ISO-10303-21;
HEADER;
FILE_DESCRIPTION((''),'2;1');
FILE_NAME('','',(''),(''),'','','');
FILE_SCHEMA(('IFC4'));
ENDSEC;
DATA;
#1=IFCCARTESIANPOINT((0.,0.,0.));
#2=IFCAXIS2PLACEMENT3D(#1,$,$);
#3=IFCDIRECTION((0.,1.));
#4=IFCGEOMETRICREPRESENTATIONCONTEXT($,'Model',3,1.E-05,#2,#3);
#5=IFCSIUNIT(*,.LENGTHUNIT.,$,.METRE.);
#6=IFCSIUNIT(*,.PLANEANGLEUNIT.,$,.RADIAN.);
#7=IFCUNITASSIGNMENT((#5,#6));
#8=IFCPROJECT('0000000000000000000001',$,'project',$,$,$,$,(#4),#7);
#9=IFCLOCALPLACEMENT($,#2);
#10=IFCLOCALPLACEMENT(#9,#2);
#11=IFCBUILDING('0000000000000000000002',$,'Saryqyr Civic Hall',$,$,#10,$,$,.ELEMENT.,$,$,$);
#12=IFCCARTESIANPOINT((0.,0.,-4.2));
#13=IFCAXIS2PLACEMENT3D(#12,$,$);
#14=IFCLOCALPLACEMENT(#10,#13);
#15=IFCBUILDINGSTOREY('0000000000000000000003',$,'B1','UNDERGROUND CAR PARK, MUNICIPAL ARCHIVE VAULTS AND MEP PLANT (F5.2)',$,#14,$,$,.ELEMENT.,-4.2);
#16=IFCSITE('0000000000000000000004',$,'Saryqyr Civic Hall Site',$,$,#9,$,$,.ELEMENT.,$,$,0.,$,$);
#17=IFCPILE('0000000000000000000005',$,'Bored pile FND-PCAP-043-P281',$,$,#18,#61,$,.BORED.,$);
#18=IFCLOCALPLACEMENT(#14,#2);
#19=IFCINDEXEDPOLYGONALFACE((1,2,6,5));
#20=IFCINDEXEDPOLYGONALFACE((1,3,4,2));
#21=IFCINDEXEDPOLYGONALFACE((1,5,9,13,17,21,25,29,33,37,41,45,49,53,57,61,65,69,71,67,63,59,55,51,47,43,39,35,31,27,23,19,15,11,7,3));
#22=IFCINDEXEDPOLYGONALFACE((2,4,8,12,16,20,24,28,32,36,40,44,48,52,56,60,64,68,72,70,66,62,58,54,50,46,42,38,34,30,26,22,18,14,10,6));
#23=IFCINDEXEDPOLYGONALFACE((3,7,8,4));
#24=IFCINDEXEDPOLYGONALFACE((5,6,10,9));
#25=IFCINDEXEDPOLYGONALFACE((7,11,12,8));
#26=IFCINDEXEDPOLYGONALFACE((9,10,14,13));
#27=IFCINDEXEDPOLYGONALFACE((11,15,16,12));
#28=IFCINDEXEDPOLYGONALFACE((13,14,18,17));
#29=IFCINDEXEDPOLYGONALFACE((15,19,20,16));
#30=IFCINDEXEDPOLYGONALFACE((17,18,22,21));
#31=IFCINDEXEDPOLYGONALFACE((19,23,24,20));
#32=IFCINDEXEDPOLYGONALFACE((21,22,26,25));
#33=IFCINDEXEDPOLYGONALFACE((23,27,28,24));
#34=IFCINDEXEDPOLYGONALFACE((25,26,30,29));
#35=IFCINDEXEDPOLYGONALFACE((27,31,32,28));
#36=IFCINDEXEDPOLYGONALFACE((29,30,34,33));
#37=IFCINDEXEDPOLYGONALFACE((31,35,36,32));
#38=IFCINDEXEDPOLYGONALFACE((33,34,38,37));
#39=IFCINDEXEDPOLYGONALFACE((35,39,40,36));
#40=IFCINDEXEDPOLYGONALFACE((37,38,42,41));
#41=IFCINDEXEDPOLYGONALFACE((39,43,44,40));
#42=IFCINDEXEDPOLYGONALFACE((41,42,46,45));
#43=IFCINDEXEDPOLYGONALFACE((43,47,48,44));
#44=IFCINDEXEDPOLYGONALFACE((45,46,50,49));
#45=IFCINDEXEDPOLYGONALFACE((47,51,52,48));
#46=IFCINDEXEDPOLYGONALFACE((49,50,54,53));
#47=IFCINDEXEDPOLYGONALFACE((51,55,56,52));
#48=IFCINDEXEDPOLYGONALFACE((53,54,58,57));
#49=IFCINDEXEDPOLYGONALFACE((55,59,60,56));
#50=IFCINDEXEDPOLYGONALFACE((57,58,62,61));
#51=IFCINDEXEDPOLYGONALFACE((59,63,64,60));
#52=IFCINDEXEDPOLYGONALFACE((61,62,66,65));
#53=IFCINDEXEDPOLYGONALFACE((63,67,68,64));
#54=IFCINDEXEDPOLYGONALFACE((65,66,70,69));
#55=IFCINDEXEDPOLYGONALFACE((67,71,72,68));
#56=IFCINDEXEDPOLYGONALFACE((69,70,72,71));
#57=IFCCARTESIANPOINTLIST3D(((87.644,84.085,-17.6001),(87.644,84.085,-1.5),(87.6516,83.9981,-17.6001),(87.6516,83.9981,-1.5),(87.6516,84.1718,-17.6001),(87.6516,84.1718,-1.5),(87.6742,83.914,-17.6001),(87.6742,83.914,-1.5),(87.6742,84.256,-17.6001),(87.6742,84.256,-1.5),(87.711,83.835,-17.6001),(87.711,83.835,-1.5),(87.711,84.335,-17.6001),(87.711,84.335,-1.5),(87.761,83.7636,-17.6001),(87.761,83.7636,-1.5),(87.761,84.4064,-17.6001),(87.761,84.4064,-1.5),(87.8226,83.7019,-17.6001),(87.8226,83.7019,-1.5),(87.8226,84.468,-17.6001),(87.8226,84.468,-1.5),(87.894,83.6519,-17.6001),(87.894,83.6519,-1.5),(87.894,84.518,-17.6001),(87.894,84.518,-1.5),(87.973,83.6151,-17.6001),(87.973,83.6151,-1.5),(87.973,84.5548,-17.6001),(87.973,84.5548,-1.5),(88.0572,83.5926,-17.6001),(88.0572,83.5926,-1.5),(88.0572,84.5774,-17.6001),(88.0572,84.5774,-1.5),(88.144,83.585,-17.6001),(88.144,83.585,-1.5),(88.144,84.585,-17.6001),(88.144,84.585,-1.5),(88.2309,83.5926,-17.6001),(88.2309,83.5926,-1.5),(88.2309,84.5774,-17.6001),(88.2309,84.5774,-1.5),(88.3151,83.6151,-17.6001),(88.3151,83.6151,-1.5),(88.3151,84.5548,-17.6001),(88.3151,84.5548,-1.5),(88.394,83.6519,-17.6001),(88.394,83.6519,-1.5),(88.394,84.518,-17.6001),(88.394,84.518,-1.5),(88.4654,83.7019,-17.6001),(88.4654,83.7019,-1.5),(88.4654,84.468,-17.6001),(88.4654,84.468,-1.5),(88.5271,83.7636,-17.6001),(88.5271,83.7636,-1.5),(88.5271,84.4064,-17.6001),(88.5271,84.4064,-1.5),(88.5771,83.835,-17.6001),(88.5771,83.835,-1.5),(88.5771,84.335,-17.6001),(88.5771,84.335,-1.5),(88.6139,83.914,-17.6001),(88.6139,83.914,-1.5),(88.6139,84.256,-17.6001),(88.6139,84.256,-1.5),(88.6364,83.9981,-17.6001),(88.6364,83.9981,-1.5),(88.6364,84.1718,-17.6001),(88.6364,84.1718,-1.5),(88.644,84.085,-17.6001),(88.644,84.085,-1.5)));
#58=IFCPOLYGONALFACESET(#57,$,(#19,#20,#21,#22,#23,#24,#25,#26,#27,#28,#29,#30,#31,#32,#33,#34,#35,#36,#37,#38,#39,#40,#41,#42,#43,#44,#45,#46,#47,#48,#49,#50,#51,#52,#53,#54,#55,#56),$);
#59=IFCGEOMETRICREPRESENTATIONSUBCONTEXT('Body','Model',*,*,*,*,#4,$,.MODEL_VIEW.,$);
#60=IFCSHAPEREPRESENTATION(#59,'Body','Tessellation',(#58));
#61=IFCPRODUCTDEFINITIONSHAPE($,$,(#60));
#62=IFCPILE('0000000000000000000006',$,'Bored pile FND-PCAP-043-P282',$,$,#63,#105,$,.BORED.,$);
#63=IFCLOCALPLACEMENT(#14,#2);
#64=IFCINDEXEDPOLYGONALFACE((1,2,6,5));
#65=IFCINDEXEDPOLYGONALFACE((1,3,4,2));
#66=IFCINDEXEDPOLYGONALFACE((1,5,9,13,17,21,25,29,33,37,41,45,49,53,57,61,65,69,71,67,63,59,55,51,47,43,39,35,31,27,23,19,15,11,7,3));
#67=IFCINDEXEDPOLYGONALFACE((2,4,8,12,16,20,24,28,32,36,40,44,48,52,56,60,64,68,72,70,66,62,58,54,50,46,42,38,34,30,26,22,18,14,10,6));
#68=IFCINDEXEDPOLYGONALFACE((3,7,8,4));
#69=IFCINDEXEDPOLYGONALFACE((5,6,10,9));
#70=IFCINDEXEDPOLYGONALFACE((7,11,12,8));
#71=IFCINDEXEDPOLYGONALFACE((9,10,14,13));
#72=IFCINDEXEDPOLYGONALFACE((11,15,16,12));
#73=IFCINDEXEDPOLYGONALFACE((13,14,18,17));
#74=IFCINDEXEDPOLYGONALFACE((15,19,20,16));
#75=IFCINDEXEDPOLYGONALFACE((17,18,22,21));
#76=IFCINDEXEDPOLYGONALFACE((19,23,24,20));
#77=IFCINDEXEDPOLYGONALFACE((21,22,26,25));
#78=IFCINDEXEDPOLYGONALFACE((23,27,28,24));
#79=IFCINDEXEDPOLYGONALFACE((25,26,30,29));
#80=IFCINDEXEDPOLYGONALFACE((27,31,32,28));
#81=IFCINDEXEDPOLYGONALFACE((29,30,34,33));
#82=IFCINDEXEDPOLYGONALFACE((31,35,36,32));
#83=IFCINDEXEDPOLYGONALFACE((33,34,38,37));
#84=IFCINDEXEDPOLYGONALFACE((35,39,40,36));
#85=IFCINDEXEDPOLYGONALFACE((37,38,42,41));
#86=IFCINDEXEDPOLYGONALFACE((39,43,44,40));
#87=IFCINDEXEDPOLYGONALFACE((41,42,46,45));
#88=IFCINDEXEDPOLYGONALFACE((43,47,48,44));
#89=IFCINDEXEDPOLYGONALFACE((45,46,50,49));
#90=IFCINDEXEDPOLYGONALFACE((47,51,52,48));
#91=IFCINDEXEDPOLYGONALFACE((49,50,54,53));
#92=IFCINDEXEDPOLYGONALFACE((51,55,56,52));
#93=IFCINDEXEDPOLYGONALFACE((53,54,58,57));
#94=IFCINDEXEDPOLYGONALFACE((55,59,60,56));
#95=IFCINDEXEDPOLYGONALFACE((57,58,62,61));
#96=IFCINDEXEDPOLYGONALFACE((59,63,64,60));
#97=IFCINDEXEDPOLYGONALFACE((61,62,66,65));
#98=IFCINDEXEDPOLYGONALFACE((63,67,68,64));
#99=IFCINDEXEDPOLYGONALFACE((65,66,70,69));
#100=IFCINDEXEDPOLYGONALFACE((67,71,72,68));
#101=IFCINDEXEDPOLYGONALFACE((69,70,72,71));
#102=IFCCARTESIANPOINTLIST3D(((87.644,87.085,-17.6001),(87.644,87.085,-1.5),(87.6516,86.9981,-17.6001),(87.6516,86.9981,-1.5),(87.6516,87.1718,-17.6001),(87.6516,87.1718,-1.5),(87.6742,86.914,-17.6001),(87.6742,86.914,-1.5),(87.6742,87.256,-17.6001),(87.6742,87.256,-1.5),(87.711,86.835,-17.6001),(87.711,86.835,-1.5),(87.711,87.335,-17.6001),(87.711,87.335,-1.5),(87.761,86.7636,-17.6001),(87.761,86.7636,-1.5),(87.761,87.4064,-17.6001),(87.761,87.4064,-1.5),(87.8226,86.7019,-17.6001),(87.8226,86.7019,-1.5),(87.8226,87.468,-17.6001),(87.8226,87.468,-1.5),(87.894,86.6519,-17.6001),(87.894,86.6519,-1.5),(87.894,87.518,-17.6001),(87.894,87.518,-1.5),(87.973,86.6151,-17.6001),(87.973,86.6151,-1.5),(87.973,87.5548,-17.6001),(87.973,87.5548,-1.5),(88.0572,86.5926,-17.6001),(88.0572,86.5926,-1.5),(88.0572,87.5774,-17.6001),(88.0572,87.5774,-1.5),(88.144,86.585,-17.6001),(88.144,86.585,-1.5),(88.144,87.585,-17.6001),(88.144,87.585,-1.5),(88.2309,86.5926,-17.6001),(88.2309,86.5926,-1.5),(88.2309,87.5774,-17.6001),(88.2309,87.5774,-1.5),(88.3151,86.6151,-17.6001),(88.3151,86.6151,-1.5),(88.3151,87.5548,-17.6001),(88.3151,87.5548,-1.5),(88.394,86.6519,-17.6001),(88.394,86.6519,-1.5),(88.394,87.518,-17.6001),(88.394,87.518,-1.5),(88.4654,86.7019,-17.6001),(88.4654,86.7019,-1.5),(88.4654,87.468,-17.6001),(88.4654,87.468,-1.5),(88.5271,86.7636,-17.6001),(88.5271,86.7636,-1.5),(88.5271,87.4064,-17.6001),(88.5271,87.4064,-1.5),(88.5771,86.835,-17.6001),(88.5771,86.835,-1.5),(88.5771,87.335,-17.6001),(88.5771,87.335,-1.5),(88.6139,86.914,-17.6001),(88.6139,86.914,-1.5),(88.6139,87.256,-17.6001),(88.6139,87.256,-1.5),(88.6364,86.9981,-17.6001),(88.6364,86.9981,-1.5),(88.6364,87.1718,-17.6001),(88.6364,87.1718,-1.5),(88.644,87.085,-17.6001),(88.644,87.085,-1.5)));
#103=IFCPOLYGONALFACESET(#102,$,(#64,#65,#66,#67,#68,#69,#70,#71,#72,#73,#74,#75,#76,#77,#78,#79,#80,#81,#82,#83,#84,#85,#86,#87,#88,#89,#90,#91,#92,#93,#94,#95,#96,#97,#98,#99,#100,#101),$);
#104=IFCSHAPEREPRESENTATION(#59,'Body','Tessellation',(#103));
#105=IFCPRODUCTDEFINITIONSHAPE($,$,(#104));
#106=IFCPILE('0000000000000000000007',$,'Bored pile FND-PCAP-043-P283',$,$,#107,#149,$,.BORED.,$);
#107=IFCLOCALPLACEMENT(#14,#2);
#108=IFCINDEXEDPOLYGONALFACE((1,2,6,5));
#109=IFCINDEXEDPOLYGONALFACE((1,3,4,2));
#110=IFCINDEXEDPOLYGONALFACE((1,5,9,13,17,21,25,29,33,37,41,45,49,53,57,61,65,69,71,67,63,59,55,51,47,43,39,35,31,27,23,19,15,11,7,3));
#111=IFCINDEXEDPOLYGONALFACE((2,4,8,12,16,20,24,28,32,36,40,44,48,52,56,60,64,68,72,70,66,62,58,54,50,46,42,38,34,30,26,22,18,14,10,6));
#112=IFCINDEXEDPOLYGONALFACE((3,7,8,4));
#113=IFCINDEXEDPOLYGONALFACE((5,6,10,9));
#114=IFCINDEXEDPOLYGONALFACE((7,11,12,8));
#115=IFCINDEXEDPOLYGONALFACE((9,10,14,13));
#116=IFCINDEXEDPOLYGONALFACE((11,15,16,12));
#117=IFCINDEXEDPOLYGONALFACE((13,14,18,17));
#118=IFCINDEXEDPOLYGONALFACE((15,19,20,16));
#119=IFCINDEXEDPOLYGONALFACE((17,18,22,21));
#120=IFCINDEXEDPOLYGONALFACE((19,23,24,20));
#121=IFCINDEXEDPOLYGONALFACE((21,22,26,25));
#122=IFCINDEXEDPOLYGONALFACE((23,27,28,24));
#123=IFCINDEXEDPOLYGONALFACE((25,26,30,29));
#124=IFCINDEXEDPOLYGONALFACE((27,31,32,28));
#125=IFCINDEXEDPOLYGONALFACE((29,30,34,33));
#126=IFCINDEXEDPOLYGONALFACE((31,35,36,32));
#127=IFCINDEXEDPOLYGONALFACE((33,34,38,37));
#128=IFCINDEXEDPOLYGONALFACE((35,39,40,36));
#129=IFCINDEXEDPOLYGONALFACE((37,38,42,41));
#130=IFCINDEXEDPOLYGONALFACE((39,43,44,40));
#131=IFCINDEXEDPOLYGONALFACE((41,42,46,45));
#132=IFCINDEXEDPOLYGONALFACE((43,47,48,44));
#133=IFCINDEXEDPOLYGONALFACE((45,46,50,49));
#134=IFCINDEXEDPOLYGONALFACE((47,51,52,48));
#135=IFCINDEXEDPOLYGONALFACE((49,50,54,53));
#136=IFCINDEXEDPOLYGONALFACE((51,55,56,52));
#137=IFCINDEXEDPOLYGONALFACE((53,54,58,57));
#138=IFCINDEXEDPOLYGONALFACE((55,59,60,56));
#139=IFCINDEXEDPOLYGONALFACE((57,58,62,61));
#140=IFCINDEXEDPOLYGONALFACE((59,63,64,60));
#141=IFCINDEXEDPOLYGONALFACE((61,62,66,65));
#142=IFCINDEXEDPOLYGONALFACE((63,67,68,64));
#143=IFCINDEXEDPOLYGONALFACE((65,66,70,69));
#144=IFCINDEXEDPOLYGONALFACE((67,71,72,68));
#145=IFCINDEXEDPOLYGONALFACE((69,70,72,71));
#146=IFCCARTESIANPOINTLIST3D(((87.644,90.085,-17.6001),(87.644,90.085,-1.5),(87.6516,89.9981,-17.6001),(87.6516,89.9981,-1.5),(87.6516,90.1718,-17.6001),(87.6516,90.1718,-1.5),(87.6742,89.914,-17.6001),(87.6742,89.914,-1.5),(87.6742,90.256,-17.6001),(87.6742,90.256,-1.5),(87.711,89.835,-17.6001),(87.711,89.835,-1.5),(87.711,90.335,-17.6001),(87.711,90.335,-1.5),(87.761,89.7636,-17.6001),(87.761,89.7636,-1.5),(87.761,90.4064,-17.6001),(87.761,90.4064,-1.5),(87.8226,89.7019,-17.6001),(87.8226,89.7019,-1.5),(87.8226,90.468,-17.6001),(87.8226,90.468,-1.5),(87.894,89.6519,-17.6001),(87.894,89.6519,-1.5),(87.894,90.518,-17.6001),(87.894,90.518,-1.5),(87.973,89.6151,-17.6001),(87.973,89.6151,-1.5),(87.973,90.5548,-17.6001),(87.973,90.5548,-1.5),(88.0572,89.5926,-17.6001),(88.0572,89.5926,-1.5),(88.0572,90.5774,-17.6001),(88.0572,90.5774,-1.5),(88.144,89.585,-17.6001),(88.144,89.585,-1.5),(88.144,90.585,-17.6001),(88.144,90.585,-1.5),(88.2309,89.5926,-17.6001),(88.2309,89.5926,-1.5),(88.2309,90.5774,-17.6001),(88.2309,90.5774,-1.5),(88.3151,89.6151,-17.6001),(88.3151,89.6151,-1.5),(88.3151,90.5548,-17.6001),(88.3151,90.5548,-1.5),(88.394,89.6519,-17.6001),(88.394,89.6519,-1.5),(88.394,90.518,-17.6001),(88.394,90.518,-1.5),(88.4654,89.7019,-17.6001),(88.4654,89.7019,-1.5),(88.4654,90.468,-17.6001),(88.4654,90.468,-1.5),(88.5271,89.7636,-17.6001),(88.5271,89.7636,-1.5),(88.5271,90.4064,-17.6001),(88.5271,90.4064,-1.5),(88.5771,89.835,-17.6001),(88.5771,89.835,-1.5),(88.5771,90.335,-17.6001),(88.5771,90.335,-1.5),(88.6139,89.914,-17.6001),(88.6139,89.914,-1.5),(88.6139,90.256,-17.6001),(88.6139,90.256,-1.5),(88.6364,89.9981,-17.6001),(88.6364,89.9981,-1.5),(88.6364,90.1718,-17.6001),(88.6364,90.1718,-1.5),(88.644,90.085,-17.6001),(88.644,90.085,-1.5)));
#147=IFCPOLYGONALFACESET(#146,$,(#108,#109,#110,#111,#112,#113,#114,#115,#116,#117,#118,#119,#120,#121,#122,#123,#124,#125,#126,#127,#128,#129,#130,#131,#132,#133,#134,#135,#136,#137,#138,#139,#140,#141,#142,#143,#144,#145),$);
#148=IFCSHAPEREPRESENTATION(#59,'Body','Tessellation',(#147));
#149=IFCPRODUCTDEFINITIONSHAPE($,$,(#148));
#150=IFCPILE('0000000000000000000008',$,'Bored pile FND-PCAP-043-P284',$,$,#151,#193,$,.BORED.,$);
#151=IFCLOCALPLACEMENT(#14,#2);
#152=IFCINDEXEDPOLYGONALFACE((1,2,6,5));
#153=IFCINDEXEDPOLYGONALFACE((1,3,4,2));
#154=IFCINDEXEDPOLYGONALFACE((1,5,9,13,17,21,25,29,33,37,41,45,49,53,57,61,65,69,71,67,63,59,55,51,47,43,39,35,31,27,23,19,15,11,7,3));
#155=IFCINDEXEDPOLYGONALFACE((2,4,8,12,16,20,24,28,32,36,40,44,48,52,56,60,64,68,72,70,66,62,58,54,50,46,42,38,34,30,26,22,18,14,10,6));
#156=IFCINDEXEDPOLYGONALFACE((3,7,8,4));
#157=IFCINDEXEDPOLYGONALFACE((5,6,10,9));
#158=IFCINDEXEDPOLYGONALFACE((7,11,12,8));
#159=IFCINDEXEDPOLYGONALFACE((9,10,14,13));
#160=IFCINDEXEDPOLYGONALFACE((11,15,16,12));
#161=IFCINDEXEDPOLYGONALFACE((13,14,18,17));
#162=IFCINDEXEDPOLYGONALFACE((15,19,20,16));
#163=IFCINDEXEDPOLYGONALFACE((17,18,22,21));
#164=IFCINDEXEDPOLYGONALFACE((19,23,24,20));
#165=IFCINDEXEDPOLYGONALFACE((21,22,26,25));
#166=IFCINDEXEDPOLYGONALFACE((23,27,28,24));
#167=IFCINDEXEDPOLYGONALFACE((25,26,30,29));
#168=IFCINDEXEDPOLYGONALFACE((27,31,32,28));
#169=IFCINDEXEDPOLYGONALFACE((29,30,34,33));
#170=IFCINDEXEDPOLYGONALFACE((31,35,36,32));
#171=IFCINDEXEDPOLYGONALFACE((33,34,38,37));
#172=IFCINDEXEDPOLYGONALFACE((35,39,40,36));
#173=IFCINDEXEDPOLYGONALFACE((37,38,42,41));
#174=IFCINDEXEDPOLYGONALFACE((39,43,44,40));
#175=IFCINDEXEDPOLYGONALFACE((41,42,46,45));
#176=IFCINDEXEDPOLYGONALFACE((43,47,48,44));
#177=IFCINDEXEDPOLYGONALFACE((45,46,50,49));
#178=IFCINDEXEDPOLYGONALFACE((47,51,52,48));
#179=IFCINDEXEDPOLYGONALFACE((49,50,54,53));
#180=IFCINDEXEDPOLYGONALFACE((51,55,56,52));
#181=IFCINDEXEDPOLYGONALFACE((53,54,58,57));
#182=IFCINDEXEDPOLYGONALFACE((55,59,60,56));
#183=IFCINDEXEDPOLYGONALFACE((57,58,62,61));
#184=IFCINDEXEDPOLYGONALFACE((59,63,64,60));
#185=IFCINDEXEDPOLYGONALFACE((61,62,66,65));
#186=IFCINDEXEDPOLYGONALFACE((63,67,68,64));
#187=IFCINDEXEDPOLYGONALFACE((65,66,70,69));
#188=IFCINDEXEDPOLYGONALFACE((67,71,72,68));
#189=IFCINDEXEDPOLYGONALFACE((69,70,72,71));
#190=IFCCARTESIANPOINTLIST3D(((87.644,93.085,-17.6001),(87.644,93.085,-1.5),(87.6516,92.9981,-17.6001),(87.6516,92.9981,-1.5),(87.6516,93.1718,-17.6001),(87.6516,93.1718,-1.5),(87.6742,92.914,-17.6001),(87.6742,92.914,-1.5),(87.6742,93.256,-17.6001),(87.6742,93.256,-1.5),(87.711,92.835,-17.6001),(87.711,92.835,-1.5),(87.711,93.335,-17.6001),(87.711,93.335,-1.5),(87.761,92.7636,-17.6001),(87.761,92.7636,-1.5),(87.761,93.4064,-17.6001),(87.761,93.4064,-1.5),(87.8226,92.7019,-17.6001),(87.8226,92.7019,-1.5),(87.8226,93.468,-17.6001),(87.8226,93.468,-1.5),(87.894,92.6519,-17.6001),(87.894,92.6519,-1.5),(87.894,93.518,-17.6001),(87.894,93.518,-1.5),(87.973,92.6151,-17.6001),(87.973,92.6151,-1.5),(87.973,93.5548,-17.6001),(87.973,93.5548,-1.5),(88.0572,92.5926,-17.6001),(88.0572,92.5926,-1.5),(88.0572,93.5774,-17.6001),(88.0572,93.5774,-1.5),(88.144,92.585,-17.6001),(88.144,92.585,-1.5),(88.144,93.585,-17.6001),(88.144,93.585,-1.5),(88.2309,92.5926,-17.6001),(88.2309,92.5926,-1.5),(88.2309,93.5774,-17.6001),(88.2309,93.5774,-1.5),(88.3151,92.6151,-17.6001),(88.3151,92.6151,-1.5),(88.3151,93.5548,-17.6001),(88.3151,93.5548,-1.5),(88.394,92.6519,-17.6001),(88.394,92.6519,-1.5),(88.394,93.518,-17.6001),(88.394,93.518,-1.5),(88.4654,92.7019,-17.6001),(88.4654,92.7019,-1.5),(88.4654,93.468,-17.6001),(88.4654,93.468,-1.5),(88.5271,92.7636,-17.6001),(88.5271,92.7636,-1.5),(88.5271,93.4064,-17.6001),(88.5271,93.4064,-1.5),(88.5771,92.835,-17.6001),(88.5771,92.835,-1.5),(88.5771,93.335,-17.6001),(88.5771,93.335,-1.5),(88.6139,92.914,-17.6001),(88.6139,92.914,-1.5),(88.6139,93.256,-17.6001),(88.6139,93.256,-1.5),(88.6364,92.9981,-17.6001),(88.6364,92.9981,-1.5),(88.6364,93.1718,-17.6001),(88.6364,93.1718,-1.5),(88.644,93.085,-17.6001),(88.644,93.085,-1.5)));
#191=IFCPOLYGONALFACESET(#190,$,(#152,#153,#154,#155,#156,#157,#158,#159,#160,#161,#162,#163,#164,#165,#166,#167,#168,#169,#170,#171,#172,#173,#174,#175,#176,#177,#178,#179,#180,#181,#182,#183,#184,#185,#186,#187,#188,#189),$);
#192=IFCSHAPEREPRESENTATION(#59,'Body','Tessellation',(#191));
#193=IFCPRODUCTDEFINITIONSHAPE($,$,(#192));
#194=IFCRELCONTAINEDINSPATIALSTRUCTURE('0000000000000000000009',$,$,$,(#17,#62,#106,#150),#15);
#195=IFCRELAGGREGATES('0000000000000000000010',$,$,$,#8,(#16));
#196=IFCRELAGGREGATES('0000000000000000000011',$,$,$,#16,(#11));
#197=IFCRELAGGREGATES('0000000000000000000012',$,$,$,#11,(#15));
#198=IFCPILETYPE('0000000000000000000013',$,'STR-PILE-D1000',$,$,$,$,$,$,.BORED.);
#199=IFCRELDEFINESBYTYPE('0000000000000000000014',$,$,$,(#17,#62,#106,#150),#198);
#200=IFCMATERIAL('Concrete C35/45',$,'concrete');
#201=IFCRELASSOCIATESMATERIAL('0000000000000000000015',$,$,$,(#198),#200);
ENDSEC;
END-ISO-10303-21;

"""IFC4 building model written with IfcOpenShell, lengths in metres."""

from ifc_helpers import new_model, si_unit, direction, frame, origin, origin_2d, place, context, subcontext, project, spatial, circle, extrude, material, material_profile, profile_set, type_object, element, save


model = new_model("IFC4")

# Units and contexts
model_context = context("Model", 3, precision=1e-05, world=origin(), true_north=direction((0.0, 1.0)))
body_context = subcontext(model_context, "Body", "Model", "MODEL_VIEW")
ifc_project = project(units=[si_unit("LENGTHUNIT", "METRE"), si_unit("PLANEANGLEUNIT", "RADIAN")], contexts=[model_context])

# Site, building, storey
site_placement = place(None, origin())
site = spatial("IfcSite", under=ifc_project, at=site_placement, Name="Saryqyr Civic Hall Site", CompositionType="ELEMENT", RefElevation=0.0)
building_placement = place(site_placement, origin())
building = spatial("IfcBuilding", under=site, at=building_placement, Name="Saryqyr Civic Hall", CompositionType="ELEMENT")
storey_placement = place(building_placement, frame((0.0, 0.0, -4.2)))
storey = spatial("IfcBuildingStorey", under=building, at=storey_placement, Name="B1", Description="UNDERGROUND CAR PARK, MUNICIPAL ARCHIVE VAULTS AND MEP PLANT (F5.2)", CompositionType="ELEMENT", Elevation=-4.2)

# Shared definitions
ifc_material_1 = material(Name="Concrete C35/45", Category="concrete")

# Piles
ifc_material_profile_1 = material_profile(ifc_material_1, circle(Radius=0.5, at=origin_2d()), Name="BORED PILE D1000")
ifc_profile_set_1 = profile_set([ifc_material_profile_1], Name="Concrete C35/45")
pile_type = type_object("IfcPileType", Name="STR-PILE-D1000", PredefinedType="BORED", material=ifc_profile_set_1)
for number, where, z_axis, x_axis, name in (
    (1, (88.144, 84.085, -1.5), (0.0, 0.0, -1.0), (1.0, 0.0, 0.0), "Bored pile FND-PCAP-043-P281"),
    (2, (88.144, 87.085, -1.5), (0.0, 0.0, -1.0), (1.0, 0.0, 0.0), "Bored pile FND-PCAP-043-P282"),
    (3, (88.144, 90.085, -1.5), (0.0, 0.0, -1.0), (1.0, 0.0, 0.0), "Bored pile FND-PCAP-043-P283"),
    (4, (88.144, 93.085, -1.5), (0.0, 0.0, -1.0), (1.0, 0.0, 0.0), "Bored pile FND-PCAP-043-P284"),
):
    element("IfcPile", number, at=place(storey_placement, frame(where, z_axis=z_axis, x_axis=x_axis)), inside=storey, type_object=pile_type, Name=name, PredefinedType="BORED", context=body_context, shape_type="SweptSolid", body=[
        extrude(circle(Radius=0.5, at=origin_2d()), origin(), (0.0, 0.0, 1.0), 16.1001),
    ])

save(model, "model.ifc")
